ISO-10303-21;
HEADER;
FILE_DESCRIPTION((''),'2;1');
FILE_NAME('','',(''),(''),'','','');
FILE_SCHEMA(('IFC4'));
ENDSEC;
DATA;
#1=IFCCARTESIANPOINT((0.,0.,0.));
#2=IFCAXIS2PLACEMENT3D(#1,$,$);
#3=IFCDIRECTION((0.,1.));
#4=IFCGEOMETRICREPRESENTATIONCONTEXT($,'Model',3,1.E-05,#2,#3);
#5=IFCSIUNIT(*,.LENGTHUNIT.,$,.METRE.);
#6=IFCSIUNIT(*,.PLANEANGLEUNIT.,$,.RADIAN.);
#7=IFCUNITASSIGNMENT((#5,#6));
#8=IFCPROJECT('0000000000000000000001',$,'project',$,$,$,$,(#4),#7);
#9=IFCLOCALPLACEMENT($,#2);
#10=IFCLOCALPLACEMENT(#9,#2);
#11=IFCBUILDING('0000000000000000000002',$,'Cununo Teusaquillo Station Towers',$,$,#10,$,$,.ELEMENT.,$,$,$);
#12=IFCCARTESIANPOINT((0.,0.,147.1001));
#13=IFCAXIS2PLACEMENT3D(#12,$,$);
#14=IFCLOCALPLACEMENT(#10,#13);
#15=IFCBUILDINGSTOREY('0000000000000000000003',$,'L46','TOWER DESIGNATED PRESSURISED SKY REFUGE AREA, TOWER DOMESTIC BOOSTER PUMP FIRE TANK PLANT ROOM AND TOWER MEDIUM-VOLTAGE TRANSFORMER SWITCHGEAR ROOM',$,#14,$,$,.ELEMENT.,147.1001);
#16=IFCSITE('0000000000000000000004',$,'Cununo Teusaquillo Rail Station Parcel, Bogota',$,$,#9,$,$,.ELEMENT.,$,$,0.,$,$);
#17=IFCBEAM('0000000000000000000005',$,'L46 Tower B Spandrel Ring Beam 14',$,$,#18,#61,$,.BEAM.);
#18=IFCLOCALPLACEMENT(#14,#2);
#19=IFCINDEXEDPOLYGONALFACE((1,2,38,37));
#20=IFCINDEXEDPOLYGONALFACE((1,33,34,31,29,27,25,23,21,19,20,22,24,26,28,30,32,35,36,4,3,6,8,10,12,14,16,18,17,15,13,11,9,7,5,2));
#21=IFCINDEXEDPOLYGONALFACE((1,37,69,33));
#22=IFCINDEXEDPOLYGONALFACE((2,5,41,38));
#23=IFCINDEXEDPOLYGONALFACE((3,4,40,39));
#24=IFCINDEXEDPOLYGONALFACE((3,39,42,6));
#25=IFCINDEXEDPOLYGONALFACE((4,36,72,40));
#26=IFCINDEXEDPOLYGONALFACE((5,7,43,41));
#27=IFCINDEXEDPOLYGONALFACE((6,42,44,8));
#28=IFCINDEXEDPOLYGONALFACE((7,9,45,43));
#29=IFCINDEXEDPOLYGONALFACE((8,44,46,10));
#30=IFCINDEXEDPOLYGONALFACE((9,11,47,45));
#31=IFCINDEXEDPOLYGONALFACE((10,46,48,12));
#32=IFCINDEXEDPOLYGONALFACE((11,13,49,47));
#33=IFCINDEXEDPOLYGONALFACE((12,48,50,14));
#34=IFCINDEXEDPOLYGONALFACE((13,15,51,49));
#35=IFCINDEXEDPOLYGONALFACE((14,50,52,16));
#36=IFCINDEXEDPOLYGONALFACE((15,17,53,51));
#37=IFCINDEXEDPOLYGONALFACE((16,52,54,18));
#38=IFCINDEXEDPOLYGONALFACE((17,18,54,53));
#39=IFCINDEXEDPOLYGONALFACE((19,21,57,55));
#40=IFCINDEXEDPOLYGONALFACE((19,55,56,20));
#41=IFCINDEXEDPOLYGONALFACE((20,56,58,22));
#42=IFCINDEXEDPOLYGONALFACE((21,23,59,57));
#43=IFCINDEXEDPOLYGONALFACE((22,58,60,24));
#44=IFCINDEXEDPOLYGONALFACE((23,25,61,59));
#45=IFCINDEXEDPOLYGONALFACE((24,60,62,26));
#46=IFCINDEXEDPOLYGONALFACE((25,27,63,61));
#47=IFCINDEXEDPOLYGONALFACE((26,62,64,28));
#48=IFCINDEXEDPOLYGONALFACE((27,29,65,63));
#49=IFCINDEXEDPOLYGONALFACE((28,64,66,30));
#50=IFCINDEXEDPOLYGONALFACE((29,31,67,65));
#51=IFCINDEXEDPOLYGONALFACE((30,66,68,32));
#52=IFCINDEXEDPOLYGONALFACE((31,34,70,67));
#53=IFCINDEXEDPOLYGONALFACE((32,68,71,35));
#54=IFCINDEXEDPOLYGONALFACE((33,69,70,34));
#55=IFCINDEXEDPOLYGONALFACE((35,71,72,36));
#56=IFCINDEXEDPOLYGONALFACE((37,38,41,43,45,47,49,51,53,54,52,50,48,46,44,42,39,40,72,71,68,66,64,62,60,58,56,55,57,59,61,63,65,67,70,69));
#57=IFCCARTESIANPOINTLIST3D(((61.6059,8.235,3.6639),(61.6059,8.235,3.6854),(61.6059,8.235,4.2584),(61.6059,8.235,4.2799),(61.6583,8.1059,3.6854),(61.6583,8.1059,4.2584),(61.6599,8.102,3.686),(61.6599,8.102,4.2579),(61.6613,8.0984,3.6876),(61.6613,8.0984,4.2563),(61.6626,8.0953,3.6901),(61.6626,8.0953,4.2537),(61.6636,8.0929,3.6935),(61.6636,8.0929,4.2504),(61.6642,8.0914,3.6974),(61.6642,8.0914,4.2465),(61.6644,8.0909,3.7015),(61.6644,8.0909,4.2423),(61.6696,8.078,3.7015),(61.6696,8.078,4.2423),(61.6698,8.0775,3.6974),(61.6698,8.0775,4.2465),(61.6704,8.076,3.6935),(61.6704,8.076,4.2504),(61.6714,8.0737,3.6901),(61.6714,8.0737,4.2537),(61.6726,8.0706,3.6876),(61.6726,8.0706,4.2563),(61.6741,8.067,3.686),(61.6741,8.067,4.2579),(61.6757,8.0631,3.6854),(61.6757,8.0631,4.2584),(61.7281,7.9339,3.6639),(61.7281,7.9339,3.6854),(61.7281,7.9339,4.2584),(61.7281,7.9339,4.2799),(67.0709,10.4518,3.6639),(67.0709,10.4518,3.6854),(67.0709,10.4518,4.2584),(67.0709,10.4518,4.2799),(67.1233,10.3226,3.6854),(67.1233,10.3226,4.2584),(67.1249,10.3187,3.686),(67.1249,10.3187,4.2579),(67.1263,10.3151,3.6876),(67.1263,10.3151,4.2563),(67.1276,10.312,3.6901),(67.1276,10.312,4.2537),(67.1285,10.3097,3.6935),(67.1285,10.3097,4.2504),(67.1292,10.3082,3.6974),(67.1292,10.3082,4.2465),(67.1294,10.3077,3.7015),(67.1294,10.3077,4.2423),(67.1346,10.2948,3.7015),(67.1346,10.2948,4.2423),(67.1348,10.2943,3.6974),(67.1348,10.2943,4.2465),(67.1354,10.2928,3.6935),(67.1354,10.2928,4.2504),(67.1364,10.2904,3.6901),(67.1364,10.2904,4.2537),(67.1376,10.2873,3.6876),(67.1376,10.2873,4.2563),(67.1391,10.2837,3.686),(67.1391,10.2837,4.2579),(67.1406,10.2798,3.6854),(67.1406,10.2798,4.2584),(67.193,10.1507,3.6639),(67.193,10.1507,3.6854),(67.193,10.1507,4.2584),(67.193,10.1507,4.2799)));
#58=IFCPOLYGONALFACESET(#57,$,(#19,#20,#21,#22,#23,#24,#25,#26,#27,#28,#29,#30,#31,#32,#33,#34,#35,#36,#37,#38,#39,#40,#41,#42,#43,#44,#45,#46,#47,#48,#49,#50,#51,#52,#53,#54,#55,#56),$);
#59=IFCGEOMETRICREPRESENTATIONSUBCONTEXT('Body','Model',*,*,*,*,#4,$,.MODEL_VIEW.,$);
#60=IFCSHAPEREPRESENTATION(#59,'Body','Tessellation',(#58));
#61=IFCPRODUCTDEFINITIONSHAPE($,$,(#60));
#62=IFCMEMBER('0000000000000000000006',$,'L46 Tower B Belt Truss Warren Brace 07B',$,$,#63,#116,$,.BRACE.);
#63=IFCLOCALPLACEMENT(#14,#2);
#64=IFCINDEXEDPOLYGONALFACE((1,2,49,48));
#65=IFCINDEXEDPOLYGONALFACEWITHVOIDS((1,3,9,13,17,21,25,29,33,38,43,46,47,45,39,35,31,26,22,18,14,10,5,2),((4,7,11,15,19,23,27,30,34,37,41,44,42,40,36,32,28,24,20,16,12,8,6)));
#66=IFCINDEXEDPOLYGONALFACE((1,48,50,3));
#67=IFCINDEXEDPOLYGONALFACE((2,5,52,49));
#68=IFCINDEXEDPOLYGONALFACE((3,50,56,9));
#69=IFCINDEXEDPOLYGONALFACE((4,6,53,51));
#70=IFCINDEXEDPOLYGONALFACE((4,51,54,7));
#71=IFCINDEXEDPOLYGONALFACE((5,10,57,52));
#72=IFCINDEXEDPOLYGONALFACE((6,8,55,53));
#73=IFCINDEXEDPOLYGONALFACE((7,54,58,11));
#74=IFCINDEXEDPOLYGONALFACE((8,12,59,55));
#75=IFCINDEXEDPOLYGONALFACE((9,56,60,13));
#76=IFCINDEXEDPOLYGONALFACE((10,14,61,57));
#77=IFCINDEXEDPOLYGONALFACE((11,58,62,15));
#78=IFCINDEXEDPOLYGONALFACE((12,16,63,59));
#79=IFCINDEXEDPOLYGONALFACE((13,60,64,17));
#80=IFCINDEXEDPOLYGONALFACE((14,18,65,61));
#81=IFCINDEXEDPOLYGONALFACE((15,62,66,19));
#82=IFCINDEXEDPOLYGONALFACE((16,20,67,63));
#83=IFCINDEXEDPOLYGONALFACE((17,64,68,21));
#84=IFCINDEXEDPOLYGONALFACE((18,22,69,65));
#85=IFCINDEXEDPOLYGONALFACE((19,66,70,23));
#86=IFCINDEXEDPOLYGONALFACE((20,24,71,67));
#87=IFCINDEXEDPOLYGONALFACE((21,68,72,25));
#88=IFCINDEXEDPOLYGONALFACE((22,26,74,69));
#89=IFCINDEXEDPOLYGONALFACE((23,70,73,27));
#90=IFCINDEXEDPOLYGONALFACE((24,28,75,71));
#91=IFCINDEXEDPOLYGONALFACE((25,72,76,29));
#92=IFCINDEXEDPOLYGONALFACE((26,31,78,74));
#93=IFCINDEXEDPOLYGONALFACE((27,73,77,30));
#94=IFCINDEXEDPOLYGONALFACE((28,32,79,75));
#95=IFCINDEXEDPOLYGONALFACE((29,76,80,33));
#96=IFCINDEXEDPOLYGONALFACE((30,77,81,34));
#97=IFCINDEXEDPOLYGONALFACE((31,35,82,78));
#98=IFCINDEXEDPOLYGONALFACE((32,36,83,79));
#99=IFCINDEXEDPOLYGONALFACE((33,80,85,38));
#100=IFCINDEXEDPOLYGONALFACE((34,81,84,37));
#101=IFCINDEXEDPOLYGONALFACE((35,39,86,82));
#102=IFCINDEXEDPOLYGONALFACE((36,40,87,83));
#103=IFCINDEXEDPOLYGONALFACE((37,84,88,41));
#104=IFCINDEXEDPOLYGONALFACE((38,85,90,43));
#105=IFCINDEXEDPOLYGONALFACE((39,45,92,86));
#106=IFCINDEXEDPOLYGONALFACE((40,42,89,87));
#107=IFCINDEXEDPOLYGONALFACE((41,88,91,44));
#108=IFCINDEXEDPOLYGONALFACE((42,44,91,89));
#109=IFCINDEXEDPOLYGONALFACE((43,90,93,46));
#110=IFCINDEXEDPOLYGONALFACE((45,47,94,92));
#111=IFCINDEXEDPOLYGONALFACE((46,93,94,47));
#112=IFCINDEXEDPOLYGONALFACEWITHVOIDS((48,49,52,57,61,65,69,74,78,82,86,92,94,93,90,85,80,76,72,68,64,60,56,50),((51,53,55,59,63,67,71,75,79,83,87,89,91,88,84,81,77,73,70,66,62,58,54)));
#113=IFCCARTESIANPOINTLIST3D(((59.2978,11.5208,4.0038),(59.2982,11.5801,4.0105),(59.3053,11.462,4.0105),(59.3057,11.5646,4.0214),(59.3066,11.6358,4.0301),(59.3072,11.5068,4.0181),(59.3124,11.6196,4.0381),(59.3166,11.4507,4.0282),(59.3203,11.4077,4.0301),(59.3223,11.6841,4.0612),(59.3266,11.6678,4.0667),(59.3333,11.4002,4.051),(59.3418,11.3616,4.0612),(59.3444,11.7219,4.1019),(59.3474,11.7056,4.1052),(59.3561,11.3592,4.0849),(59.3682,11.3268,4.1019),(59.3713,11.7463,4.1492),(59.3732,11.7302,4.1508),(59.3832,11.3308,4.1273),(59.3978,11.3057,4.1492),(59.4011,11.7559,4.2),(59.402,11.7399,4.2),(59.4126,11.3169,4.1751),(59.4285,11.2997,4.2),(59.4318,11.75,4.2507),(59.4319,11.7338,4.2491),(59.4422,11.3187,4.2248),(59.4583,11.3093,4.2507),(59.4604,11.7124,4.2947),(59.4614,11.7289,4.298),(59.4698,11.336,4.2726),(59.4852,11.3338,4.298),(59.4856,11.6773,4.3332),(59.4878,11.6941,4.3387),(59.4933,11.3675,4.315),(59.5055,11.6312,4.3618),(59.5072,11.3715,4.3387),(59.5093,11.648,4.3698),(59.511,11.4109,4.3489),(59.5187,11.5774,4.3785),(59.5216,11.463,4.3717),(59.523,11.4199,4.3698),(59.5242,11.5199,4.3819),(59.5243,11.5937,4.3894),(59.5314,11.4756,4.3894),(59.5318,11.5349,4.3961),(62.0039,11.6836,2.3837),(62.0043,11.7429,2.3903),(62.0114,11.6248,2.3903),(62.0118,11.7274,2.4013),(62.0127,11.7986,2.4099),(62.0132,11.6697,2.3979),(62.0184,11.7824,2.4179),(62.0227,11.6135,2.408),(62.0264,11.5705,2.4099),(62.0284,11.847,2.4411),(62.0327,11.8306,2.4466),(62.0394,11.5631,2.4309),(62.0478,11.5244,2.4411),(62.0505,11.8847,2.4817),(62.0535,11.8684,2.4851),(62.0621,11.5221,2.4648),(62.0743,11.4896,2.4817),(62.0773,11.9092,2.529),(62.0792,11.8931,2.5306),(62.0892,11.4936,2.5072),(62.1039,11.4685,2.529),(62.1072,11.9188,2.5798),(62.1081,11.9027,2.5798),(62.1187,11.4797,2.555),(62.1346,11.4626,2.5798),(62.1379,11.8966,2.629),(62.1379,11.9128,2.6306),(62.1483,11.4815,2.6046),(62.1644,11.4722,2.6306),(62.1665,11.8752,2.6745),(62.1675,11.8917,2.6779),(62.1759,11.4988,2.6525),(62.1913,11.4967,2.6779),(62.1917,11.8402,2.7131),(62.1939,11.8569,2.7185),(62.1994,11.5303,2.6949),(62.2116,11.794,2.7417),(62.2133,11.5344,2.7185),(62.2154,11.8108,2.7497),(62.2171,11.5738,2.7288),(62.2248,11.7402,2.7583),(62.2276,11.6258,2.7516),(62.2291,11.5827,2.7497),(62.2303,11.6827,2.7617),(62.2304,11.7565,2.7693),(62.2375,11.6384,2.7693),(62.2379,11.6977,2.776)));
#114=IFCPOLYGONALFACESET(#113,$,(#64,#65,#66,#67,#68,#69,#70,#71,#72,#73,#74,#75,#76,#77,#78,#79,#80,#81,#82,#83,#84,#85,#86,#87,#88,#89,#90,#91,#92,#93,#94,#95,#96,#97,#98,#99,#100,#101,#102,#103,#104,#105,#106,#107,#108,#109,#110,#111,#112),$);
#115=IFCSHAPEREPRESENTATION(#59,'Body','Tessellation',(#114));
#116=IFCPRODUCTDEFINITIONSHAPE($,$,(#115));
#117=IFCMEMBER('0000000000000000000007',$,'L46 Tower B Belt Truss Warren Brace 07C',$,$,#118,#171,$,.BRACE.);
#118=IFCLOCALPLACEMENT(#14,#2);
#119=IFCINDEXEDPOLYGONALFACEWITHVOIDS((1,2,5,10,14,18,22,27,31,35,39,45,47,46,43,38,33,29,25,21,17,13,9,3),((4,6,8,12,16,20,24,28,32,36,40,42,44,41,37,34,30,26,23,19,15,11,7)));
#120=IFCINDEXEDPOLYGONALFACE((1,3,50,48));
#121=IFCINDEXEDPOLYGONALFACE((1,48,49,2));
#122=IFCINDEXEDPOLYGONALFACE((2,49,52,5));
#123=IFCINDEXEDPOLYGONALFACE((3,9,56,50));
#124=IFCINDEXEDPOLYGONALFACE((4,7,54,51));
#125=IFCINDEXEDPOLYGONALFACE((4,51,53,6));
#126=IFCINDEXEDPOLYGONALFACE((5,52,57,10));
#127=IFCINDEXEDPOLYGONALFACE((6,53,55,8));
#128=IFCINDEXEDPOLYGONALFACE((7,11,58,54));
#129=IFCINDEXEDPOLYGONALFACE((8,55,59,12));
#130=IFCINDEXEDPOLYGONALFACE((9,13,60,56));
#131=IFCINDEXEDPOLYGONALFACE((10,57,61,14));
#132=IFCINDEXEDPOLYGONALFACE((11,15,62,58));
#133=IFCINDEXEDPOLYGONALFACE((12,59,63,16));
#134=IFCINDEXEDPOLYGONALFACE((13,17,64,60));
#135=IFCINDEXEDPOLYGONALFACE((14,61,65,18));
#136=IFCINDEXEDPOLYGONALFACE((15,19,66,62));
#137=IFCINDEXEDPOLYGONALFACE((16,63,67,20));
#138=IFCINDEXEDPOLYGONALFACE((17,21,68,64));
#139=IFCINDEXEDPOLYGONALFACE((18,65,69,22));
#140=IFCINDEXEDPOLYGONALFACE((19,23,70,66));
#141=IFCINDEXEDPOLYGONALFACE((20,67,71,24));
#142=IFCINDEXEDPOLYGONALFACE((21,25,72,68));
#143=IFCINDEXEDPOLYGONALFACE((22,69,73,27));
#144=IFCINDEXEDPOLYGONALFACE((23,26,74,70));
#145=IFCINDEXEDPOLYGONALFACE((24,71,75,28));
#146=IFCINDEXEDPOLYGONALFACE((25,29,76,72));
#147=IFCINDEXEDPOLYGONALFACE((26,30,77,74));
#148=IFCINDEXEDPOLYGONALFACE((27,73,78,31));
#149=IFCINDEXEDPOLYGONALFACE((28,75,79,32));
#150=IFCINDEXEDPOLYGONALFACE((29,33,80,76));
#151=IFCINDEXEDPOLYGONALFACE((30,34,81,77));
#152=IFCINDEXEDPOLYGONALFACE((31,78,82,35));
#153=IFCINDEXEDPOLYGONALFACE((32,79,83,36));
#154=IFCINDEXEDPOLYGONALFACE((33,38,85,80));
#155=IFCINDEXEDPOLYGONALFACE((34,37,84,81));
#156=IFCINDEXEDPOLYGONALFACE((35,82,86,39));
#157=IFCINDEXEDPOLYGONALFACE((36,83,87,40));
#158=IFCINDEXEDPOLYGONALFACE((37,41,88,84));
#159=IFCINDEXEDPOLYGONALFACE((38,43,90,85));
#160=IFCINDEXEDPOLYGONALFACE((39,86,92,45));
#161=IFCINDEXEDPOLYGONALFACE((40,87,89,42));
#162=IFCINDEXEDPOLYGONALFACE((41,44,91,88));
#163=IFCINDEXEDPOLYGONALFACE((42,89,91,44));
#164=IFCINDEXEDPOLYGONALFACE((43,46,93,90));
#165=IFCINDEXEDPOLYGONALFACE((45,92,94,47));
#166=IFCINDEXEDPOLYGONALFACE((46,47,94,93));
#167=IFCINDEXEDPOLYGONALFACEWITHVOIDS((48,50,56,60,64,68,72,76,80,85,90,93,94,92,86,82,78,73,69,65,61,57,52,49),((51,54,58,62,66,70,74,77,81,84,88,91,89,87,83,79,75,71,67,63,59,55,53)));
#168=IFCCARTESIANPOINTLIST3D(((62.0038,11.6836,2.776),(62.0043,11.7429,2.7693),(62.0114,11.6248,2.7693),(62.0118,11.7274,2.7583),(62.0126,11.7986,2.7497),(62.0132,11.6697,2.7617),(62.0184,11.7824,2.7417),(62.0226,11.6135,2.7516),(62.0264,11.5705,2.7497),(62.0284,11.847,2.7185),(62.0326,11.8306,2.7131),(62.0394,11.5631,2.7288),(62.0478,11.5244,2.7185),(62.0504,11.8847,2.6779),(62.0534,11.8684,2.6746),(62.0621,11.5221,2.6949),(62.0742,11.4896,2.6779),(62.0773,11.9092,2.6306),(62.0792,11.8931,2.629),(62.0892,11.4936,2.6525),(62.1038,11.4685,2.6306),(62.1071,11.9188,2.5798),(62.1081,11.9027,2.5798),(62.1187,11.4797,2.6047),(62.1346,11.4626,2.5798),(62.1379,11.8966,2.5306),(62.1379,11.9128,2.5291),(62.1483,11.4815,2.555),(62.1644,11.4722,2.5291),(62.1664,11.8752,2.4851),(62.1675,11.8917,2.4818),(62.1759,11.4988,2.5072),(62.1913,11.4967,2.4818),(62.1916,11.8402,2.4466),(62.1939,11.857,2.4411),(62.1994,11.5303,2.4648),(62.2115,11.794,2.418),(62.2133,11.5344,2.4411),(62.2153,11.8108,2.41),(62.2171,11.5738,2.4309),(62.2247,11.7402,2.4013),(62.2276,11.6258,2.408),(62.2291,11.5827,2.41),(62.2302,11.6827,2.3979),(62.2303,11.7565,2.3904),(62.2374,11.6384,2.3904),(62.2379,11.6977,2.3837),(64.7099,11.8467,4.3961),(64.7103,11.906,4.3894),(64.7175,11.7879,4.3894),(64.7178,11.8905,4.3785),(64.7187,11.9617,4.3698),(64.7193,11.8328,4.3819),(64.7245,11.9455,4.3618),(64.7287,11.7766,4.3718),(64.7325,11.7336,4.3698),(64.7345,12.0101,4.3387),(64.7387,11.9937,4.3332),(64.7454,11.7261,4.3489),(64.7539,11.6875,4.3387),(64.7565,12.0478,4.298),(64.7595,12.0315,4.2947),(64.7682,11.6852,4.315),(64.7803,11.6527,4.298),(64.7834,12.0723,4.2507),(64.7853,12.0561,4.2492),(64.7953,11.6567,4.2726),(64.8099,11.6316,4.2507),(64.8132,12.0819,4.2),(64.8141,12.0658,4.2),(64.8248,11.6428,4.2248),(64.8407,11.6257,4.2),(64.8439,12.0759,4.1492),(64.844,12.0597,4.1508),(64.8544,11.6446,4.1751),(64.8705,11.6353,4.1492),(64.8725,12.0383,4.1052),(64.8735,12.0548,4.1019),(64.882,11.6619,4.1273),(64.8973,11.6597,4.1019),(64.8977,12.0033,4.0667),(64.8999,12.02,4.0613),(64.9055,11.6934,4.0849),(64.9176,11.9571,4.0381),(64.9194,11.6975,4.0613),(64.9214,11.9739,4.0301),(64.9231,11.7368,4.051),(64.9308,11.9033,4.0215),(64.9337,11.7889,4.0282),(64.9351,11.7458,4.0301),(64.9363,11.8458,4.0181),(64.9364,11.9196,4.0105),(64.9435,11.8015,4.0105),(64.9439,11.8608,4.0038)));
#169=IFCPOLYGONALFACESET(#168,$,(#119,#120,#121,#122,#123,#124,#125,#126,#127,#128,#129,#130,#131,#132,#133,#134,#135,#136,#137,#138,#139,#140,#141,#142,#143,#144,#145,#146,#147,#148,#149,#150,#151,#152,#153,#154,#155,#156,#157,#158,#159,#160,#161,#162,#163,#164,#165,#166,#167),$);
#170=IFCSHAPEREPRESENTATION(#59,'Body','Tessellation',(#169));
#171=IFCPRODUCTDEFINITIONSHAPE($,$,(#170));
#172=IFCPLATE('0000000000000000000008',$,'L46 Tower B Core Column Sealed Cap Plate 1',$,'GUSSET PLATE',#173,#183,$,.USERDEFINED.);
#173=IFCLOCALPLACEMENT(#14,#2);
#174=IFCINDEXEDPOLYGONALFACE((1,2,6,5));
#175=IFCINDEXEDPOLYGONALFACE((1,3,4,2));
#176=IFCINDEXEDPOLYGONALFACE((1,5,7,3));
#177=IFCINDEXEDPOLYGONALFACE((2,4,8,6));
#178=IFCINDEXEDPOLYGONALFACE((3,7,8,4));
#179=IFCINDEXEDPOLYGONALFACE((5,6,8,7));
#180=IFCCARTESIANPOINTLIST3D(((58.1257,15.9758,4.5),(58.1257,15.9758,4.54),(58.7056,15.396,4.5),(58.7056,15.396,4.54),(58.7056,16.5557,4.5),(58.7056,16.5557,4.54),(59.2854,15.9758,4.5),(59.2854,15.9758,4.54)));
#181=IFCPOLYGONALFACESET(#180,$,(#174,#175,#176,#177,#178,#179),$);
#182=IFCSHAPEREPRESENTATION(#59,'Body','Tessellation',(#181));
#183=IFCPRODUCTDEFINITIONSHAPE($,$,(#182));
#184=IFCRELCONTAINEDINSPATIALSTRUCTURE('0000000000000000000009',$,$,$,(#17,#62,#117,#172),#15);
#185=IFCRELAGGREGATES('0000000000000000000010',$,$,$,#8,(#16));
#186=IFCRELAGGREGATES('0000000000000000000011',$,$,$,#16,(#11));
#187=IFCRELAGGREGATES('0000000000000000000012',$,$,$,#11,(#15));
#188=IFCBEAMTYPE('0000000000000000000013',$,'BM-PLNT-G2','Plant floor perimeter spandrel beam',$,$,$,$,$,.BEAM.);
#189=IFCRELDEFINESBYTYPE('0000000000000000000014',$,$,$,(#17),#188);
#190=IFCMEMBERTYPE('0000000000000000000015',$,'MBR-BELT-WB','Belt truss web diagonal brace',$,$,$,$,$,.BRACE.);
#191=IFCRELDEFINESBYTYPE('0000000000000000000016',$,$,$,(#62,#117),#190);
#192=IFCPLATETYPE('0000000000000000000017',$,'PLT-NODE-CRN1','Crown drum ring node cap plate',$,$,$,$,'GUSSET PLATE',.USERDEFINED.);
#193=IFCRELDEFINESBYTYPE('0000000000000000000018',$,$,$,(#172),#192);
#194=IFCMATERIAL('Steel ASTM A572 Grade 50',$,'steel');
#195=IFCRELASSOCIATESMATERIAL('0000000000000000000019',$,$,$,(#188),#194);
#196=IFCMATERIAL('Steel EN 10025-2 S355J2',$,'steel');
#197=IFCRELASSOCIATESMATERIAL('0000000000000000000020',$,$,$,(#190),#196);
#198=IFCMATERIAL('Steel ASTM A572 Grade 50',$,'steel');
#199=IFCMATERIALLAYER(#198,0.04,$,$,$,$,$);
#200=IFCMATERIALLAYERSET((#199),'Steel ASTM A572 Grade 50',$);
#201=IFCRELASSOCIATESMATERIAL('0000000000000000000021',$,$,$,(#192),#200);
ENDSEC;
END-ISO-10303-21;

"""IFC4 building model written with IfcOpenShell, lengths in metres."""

from ifc_helpers import new_model, si_unit, direction, frame, origin, origin_2d, place, context, subcontext, project, spatial, rectangle, hollow_circle, i_section, extrude, source, transform, mapped, material, layer, layer_set, material_profile, profile_set, type_object, element, save


model = new_model("IFC4")

# Units and contexts
model_context = context("Model", 3, precision=1e-05, world=origin(), true_north=direction((0.0, 1.0)))
body_context = subcontext(model_context, "Body", "Model", "MODEL_VIEW")
ifc_project = project(units=[si_unit("LENGTHUNIT", "METRE"), si_unit("PLANEANGLEUNIT", "RADIAN")], contexts=[model_context])

# Site, building, storey
site_placement = place(None, origin())
site = spatial("IfcSite", under=ifc_project, at=site_placement, Name="Cununo Teusaquillo Rail Station Parcel, Bogota", CompositionType="ELEMENT", RefElevation=0.0)
building_placement = place(site_placement, origin())
building = spatial("IfcBuilding", under=site, at=building_placement, Name="Cununo Teusaquillo Station Towers", CompositionType="ELEMENT")
storey_placement = place(building_placement, frame((0.0, 0.0, 147.1001)))
storey = spatial("IfcBuildingStorey", under=building, at=storey_placement, Name="L46", Description="TOWER DESIGNATED PRESSURISED SKY REFUGE AREA, TOWER DOMESTIC BOOSTER PUMP FIRE TANK PLANT ROOM AND TOWER MEDIUM-VOLTAGE TRANSFORMER SWITCHGEAR ROOM", CompositionType="ELEMENT", Elevation=147.1001)

# Beam
ifc_material_1 = material(Name="Steel ASTM A572 Grade 50", Category="steel")
ifc_material_profile_1 = material_profile(ifc_material_1, i_section(OverallWidth=0.325, OverallDepth=0.616, WebThickness=0.0139, FlangeThickness=0.0215, FilletRadius=0.0161, at=origin_2d()), Name="W24X117")
ifc_profile_set_1 = profile_set([ifc_material_profile_1], Name="Steel ASTM A572 Grade 50")
beam_type_1 = type_object("IfcBeamType", Name="BM-PLNT-G2", Description="Plant floor perimeter spandrel beam", PredefinedType="BEAM", material=ifc_profile_set_1)
beam_1_placement = place(storey_placement, frame((61.667, 8.0845, 3.9719), z_axis=(0.926667, 0.375883, 0.0), x_axis=(-0.375883, 0.926667, 0.0)))
element("IfcBeam", 1, at=beam_1_placement, inside=storey, type_object=beam_type_1, Name="L46 Tower B Spandrel Ring Beam 14", PredefinedType="BEAM", context=body_context, shape_type="SweptSolid", body=[
    extrude(i_section(OverallWidth=0.325, OverallDepth=0.616, WebThickness=0.0139, FlangeThickness=0.0215, FilletRadius=0.0161, at=origin_2d()), origin(), (0.0, 0.0, 1.0), 5.8975),
])

# Members
ifc_material_2 = material(Name="Steel EN 10025-2 S355J2", Category="steel")
ifc_material_profile_2 = material_profile(ifc_material_2, hollow_circle(Radius=0.2285, WallThickness=0.0161, at=origin_2d()), Name="CHS 457x16")
ifc_profile_set_2 = profile_set([ifc_material_profile_2], Name="Steel EN 10025-2 S355J2")
member_type = type_object("IfcMemberType", Name="MBR-BELT-WB", Description="Belt truss web diagonal brace", PredefinedType="BRACE", material=ifc_profile_set_2)
for number, where, z_axis, x_axis, name in (
    (2, (59.4148, 11.5278, 4.2), (0.856843, 0.051562, -0.512993), (-0.060068, 0.998194, 0.0), "L46 Tower B Belt Truss Warren Brace 07B"),
    (3, (62.1208, 11.6907, 2.5798), (0.85684, 0.051639, 0.512991), (-0.060158, 0.998189, 0.0), "L46 Tower B Belt Truss Warren Brace 07C"),
):
    element("IfcMember", number, at=place(storey_placement, frame(where, z_axis=z_axis, x_axis=x_axis)), inside=storey, type_object=member_type, Name=name, PredefinedType="BRACE", context=body_context, shape_type="SweptSolid", body=[
        extrude(hollow_circle(Radius=0.2285, WallThickness=0.0161, at=origin_2d()), origin(), (0.0, 0.0, 1.0), 3.1582),
    ])

# Plate
ifc_material_3 = material(Name="Steel ASTM A572 Grade 50", Category="steel")
ifc_layer_1 = layer(ifc_material_3, 0.04)
ifc_layer_set_1 = layer_set([ifc_layer_1], Name="Steel ASTM A572 Grade 50")
plate_type_1 = type_object("IfcPlateType", Name="PLT-NODE-CRN1", Description="Crown drum ring node cap plate", ElementType="GUSSET PLATE", PredefinedType="USERDEFINED", material=ifc_layer_set_1)
shared_shape_1 = source(origin(), body_context, "Body", "SweptSolid", [
    extrude(rectangle(XDim=0.8201, YDim=0.8201, at=origin_2d()), origin(), (0.0, 0.0, 1.0), 0.04),
])
plate_placement = place(storey_placement, frame((58.7056, 15.9758, 4.5), z_axis=(0.0, 0.0, 1.0), x_axis=(0.707107, 0.707107, 0.0)))
element("IfcPlate", 4, at=plate_placement, inside=storey, type_object=plate_type_1, Name="L46 Tower B Core Column Sealed Cap Plate 1", ObjectType="GUSSET PLATE", PredefinedType="USERDEFINED", context=body_context, shape_type="MappedRepresentation", body=[
    mapped(shared_shape_1, transform((0.0, 0.0, 0.0), x_axis=(1.0, 0.0, 0.0), y_axis=(0.0, 1.0, 0.0), z_axis=(0.0, 0.0, 1.0), scale=1.0)),
])

save(model, "model.ifc")
